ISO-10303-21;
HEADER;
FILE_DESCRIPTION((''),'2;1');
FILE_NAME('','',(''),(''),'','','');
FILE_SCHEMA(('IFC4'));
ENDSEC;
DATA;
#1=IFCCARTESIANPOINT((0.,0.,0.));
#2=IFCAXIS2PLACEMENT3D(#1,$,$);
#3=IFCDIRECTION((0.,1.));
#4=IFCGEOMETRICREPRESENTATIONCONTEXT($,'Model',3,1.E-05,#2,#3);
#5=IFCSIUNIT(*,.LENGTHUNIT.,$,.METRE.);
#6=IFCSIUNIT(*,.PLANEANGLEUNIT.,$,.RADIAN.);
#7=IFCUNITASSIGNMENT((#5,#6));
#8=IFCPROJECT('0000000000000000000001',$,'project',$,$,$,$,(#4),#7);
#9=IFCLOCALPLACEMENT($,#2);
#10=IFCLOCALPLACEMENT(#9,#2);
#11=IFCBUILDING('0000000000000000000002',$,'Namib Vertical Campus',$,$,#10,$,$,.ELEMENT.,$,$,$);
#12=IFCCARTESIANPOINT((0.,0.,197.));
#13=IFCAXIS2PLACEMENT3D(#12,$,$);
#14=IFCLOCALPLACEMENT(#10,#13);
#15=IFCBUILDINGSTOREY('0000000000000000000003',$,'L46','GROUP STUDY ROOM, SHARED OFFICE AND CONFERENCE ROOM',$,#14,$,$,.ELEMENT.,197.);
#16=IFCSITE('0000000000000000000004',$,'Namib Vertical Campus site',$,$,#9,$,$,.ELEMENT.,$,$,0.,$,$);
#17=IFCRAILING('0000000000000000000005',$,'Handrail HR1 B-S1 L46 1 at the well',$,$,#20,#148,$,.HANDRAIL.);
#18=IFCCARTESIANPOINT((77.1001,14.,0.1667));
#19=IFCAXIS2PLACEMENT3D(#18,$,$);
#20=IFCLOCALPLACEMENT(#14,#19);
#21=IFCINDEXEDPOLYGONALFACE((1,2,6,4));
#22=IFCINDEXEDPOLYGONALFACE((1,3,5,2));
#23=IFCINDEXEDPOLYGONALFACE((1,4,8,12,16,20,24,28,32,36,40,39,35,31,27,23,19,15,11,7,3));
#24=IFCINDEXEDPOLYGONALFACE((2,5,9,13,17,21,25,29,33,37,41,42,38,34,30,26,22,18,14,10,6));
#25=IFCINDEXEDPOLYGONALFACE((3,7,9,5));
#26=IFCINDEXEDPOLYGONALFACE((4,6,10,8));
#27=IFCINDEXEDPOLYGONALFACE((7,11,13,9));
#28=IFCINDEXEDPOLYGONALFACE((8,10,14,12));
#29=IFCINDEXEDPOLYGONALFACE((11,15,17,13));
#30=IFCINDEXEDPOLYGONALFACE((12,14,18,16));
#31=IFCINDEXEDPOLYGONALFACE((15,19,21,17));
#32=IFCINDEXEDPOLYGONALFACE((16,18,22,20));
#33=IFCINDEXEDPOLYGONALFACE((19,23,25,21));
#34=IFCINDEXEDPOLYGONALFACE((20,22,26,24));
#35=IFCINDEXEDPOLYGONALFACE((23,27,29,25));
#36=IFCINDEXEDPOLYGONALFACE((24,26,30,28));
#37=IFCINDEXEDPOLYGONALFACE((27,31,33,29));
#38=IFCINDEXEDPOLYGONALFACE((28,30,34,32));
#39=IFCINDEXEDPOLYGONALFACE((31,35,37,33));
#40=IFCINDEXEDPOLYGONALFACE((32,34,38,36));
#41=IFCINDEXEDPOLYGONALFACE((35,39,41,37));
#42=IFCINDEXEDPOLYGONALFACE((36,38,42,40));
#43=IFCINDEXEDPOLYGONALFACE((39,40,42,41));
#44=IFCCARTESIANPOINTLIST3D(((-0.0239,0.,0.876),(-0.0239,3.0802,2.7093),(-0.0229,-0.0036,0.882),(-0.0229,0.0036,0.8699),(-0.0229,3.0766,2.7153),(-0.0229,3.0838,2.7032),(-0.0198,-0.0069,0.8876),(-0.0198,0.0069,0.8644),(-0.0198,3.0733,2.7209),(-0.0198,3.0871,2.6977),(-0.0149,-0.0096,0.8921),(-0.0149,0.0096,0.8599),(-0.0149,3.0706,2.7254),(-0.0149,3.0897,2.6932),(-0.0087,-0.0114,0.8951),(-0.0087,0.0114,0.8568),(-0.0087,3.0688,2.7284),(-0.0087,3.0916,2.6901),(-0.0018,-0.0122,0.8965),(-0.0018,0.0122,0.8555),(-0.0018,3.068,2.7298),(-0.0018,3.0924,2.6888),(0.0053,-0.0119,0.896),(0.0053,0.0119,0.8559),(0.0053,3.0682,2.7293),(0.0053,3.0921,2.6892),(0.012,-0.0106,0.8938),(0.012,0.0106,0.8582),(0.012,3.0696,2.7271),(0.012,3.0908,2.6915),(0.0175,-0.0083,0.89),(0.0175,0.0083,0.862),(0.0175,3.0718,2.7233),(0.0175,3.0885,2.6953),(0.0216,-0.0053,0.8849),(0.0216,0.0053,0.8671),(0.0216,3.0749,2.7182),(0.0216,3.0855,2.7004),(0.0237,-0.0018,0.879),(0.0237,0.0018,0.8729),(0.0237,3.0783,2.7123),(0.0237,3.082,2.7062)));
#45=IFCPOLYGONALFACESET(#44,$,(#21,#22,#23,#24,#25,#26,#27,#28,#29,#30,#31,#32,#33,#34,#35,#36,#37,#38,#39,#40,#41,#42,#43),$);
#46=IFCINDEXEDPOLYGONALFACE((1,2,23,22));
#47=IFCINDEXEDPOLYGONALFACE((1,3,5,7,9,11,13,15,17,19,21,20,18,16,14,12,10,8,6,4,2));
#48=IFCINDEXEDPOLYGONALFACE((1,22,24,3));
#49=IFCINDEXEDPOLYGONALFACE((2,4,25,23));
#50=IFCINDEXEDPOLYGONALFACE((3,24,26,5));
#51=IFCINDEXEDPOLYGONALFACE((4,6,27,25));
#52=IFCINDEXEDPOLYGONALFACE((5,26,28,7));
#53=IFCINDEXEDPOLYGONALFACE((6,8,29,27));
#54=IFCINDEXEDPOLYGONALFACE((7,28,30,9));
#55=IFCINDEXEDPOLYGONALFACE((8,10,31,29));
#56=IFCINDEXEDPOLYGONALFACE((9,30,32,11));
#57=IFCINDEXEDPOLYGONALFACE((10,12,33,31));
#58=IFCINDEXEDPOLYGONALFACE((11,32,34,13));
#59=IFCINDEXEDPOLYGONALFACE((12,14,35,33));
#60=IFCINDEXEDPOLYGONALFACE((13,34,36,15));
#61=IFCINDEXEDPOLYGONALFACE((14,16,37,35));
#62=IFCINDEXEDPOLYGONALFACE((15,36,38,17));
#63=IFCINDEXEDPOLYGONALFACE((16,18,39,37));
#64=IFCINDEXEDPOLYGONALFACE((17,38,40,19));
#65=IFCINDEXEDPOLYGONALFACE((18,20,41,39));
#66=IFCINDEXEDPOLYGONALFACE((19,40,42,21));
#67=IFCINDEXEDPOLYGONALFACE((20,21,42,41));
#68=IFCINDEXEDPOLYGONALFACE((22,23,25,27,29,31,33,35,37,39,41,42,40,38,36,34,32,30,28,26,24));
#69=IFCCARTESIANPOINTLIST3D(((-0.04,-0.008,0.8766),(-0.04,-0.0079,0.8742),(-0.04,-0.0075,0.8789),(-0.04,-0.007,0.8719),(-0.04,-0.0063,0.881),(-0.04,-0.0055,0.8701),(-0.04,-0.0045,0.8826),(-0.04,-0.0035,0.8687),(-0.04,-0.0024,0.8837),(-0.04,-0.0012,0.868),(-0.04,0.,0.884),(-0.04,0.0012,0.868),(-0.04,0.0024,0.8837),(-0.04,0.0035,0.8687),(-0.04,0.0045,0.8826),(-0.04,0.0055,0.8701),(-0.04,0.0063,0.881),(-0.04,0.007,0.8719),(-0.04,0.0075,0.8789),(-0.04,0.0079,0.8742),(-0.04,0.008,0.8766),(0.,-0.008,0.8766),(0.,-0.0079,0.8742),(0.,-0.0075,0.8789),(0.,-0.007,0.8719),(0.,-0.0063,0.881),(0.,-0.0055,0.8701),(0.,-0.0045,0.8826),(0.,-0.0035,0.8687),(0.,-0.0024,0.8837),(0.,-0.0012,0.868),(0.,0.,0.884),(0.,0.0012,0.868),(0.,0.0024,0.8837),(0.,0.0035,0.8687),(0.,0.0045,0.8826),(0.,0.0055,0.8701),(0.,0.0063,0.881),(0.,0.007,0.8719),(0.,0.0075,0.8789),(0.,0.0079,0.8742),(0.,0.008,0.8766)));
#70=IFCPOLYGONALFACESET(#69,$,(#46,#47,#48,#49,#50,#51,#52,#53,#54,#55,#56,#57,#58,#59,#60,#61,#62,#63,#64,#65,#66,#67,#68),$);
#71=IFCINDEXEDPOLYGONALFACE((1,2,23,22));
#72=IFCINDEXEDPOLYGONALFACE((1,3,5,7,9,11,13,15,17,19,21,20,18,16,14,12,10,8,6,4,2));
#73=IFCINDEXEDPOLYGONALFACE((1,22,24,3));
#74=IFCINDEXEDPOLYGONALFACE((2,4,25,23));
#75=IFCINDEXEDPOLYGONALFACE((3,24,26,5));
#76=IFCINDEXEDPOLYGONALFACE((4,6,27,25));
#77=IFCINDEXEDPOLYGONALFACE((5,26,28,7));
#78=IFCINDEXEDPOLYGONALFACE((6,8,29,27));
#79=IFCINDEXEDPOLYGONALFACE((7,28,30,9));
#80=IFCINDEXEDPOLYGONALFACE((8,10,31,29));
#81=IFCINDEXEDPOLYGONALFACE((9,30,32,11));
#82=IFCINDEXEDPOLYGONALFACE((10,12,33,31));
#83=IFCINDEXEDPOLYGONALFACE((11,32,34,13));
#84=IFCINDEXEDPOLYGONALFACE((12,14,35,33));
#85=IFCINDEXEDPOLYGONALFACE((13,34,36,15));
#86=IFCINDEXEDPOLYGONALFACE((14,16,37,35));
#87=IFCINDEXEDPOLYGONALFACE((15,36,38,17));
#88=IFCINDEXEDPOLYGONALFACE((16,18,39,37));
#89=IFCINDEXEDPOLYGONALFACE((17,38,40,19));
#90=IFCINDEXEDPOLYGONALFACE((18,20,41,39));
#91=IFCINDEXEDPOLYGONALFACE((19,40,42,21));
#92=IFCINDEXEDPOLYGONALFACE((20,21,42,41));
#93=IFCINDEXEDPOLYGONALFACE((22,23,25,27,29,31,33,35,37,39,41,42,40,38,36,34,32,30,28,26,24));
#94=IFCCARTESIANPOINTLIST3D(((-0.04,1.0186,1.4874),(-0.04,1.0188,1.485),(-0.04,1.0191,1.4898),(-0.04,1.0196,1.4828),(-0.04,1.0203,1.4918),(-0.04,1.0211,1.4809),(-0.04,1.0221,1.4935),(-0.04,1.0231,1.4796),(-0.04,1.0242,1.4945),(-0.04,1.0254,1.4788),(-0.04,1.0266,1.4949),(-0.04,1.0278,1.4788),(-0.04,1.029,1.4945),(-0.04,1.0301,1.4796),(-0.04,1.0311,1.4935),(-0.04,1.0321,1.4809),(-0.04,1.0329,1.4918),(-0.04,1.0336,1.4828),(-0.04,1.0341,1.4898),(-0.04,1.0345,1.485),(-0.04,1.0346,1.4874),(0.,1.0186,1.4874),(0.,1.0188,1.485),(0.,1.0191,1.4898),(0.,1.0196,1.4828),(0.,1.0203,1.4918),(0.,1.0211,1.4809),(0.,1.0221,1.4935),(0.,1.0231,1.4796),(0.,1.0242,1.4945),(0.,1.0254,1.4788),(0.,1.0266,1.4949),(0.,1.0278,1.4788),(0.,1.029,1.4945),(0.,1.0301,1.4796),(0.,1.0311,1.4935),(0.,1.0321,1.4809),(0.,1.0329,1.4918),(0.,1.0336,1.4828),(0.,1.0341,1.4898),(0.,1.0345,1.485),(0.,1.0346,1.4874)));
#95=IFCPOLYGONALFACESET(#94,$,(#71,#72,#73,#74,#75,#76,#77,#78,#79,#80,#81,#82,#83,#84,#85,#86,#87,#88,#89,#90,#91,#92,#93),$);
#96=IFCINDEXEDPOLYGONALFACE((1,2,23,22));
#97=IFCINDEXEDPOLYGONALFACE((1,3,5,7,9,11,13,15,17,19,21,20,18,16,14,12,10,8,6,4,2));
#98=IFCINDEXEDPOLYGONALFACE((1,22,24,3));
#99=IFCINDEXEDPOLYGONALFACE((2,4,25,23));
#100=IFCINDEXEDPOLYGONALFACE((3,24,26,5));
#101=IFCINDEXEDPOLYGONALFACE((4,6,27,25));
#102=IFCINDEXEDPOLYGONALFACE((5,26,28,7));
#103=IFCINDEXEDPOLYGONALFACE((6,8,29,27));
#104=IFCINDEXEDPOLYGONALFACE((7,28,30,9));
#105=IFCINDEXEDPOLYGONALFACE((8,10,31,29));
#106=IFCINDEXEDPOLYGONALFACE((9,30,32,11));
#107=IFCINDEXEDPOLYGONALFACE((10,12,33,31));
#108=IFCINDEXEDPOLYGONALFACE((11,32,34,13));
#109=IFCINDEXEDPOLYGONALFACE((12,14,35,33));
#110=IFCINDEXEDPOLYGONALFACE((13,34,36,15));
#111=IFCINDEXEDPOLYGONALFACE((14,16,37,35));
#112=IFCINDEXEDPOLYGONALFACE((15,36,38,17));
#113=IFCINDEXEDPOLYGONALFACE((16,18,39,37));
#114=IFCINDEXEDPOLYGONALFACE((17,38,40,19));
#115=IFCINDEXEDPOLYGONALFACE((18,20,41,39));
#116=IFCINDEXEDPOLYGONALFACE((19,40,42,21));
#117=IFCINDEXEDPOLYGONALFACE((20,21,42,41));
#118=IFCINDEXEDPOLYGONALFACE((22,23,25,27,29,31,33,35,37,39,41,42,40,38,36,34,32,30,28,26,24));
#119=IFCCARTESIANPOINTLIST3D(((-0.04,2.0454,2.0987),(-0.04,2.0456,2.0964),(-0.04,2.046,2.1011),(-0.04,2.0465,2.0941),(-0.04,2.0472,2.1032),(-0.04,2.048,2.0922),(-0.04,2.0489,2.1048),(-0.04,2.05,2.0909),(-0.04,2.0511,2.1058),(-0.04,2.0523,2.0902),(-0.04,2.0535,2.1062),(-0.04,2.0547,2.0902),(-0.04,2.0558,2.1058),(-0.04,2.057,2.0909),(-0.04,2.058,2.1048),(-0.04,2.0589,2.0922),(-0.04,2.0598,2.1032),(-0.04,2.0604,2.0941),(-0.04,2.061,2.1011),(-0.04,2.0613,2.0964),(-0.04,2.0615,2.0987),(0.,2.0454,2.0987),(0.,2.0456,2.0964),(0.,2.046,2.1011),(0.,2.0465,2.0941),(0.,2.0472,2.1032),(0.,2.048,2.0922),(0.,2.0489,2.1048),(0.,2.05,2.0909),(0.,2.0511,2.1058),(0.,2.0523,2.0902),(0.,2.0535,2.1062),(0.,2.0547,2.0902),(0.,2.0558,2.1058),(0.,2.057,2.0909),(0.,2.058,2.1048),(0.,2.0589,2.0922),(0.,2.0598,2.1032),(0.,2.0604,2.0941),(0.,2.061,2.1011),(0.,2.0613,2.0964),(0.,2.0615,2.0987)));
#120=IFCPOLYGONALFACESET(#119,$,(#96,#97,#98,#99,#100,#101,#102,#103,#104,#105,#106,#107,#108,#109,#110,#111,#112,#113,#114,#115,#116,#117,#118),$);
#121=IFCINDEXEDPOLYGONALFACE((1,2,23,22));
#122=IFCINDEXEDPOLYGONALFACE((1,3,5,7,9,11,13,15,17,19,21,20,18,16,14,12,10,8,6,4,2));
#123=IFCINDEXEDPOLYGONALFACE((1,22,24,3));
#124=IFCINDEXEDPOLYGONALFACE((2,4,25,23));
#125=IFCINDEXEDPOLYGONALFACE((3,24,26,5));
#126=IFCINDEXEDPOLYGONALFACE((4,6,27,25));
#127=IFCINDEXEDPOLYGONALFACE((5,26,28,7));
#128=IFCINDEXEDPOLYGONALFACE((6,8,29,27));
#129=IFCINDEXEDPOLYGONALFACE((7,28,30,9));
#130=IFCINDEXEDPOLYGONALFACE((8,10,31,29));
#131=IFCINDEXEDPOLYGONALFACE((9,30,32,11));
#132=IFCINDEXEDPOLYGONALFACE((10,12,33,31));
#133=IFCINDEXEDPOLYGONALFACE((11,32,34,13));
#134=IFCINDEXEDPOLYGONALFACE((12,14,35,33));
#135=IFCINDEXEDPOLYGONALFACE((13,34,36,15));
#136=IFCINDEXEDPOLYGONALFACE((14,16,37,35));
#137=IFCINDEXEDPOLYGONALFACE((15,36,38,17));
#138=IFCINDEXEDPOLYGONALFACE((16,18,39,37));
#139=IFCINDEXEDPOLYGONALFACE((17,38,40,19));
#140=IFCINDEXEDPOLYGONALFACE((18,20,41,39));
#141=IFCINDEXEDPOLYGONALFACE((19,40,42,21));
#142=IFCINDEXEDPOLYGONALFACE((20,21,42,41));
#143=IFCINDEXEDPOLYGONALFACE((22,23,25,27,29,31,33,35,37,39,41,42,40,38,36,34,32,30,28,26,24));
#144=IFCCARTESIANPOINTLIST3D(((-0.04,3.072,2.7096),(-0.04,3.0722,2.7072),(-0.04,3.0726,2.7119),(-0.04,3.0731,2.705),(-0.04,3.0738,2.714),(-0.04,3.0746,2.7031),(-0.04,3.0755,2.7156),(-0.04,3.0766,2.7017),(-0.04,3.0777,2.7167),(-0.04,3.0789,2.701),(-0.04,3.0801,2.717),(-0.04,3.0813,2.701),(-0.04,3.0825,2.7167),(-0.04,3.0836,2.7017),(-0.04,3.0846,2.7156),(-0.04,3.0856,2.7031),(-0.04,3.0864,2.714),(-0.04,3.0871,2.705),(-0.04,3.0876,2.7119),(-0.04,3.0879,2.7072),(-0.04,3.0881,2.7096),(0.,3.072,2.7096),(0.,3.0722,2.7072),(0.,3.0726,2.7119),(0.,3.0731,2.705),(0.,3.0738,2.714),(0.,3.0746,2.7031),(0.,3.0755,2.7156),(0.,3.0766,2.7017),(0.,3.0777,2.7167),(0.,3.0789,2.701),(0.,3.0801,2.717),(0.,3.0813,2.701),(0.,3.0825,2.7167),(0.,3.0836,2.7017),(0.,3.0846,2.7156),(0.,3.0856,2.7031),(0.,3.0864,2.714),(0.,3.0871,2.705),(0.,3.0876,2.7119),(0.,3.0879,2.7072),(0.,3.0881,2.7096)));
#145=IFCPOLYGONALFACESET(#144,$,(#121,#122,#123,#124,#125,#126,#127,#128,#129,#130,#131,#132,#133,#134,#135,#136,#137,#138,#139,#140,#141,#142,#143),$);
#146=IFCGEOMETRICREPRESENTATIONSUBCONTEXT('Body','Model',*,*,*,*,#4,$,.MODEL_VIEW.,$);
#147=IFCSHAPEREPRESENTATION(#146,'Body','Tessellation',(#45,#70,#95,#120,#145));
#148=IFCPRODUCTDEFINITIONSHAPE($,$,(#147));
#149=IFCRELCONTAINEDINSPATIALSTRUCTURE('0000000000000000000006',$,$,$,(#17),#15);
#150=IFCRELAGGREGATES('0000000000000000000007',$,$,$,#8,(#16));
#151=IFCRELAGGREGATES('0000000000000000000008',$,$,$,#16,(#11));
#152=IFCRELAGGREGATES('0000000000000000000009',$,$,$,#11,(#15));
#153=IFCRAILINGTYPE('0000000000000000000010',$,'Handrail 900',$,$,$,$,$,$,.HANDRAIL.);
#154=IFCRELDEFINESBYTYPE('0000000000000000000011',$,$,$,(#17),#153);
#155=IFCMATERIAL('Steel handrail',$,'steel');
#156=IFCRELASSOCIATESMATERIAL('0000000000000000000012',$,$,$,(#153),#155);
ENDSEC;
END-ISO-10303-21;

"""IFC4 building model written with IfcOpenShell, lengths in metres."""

from ifc_helpers import new_model, si_unit, direction, frame, origin, origin_2d, place, context, subcontext, project, spatial, circle, extrude, material, type_object, element, save


model = new_model("IFC4")

# Units and contexts
model_context = context("Model", 3, precision=1e-05, world=origin(), true_north=direction((0.0, 1.0)))
body_context = subcontext(model_context, "Body", "Model", "MODEL_VIEW")
ifc_project = project(units=[si_unit("LENGTHUNIT", "METRE"), si_unit("PLANEANGLEUNIT", "RADIAN")], contexts=[model_context])

# Site, building, storey
site_placement = place(None, origin())
site = spatial("IfcSite", under=ifc_project, at=site_placement, Name="Namib Vertical Campus site", CompositionType="ELEMENT", RefElevation=0.0)
building_placement = place(site_placement, origin())
building = spatial("IfcBuilding", under=site, at=building_placement, Name="Namib Vertical Campus", CompositionType="ELEMENT")
storey_placement = place(building_placement, frame((0.0, 0.0, 197.0)))
storey = spatial("IfcBuildingStorey", under=building, at=storey_placement, Name="L46", Description="GROUP STUDY ROOM, SHARED OFFICE AND CONFERENCE ROOM", CompositionType="ELEMENT", Elevation=197.0)

# Railing
ifc_material_1 = material(Name="Steel handrail", Category="steel")
railing_type_1 = type_object("IfcRailingType", Name="Handrail 900", PredefinedType="HANDRAIL", material=ifc_material_1)
railing_1_placement = place(storey_placement, frame((77.1001, 14.0, 0.1667)))
element("IfcRailing", 1, at=railing_1_placement, inside=storey, type_object=railing_type_1, Name="Handrail HR1 B-S1 L46 1 at the well", PredefinedType="HANDRAIL", context=body_context, shape_type="SweptSolid", body=[
    extrude(circle(Radius=0.0239, at=origin_2d()), frame((0.0, 0.0, 0.876), z_axis=(0.0, 0.859309, 0.511458), x_axis=(-1.0, 0.0, 0.0)), (0.0, 0.0, 1.0), 3.5845),
    extrude(circle(Radius=0.0081, at=origin_2d()), frame((0.0, 0.0, 0.876), z_axis=(-1.0, 0.0, 0.0), x_axis=(0.0, 0.0, 1.0)), (0.0, 0.0, 1.0), 0.04),
    extrude(circle(Radius=0.0081, at=origin_2d()), frame((0.0, 1.0266, 1.4868), z_axis=(-1.0, 0.0, 0.0), x_axis=(0.0, 0.0, 1.0)), (0.0, 0.0, 1.0), 0.04),
    extrude(circle(Radius=0.0081, at=origin_2d()), frame((0.0, 2.0535, 2.0981), z_axis=(-1.0, 0.0, 0.0), x_axis=(0.0, 0.0, 1.0)), (0.0, 0.0, 1.0), 0.04),
    extrude(circle(Radius=0.0081, at=origin_2d()), frame((0.0, 3.0801, 2.709), z_axis=(-1.0, 0.0, 0.0), x_axis=(0.0, 0.0, 1.0)), (0.0, 0.0, 1.0), 0.04),
])

save(model, "model.ifc")
